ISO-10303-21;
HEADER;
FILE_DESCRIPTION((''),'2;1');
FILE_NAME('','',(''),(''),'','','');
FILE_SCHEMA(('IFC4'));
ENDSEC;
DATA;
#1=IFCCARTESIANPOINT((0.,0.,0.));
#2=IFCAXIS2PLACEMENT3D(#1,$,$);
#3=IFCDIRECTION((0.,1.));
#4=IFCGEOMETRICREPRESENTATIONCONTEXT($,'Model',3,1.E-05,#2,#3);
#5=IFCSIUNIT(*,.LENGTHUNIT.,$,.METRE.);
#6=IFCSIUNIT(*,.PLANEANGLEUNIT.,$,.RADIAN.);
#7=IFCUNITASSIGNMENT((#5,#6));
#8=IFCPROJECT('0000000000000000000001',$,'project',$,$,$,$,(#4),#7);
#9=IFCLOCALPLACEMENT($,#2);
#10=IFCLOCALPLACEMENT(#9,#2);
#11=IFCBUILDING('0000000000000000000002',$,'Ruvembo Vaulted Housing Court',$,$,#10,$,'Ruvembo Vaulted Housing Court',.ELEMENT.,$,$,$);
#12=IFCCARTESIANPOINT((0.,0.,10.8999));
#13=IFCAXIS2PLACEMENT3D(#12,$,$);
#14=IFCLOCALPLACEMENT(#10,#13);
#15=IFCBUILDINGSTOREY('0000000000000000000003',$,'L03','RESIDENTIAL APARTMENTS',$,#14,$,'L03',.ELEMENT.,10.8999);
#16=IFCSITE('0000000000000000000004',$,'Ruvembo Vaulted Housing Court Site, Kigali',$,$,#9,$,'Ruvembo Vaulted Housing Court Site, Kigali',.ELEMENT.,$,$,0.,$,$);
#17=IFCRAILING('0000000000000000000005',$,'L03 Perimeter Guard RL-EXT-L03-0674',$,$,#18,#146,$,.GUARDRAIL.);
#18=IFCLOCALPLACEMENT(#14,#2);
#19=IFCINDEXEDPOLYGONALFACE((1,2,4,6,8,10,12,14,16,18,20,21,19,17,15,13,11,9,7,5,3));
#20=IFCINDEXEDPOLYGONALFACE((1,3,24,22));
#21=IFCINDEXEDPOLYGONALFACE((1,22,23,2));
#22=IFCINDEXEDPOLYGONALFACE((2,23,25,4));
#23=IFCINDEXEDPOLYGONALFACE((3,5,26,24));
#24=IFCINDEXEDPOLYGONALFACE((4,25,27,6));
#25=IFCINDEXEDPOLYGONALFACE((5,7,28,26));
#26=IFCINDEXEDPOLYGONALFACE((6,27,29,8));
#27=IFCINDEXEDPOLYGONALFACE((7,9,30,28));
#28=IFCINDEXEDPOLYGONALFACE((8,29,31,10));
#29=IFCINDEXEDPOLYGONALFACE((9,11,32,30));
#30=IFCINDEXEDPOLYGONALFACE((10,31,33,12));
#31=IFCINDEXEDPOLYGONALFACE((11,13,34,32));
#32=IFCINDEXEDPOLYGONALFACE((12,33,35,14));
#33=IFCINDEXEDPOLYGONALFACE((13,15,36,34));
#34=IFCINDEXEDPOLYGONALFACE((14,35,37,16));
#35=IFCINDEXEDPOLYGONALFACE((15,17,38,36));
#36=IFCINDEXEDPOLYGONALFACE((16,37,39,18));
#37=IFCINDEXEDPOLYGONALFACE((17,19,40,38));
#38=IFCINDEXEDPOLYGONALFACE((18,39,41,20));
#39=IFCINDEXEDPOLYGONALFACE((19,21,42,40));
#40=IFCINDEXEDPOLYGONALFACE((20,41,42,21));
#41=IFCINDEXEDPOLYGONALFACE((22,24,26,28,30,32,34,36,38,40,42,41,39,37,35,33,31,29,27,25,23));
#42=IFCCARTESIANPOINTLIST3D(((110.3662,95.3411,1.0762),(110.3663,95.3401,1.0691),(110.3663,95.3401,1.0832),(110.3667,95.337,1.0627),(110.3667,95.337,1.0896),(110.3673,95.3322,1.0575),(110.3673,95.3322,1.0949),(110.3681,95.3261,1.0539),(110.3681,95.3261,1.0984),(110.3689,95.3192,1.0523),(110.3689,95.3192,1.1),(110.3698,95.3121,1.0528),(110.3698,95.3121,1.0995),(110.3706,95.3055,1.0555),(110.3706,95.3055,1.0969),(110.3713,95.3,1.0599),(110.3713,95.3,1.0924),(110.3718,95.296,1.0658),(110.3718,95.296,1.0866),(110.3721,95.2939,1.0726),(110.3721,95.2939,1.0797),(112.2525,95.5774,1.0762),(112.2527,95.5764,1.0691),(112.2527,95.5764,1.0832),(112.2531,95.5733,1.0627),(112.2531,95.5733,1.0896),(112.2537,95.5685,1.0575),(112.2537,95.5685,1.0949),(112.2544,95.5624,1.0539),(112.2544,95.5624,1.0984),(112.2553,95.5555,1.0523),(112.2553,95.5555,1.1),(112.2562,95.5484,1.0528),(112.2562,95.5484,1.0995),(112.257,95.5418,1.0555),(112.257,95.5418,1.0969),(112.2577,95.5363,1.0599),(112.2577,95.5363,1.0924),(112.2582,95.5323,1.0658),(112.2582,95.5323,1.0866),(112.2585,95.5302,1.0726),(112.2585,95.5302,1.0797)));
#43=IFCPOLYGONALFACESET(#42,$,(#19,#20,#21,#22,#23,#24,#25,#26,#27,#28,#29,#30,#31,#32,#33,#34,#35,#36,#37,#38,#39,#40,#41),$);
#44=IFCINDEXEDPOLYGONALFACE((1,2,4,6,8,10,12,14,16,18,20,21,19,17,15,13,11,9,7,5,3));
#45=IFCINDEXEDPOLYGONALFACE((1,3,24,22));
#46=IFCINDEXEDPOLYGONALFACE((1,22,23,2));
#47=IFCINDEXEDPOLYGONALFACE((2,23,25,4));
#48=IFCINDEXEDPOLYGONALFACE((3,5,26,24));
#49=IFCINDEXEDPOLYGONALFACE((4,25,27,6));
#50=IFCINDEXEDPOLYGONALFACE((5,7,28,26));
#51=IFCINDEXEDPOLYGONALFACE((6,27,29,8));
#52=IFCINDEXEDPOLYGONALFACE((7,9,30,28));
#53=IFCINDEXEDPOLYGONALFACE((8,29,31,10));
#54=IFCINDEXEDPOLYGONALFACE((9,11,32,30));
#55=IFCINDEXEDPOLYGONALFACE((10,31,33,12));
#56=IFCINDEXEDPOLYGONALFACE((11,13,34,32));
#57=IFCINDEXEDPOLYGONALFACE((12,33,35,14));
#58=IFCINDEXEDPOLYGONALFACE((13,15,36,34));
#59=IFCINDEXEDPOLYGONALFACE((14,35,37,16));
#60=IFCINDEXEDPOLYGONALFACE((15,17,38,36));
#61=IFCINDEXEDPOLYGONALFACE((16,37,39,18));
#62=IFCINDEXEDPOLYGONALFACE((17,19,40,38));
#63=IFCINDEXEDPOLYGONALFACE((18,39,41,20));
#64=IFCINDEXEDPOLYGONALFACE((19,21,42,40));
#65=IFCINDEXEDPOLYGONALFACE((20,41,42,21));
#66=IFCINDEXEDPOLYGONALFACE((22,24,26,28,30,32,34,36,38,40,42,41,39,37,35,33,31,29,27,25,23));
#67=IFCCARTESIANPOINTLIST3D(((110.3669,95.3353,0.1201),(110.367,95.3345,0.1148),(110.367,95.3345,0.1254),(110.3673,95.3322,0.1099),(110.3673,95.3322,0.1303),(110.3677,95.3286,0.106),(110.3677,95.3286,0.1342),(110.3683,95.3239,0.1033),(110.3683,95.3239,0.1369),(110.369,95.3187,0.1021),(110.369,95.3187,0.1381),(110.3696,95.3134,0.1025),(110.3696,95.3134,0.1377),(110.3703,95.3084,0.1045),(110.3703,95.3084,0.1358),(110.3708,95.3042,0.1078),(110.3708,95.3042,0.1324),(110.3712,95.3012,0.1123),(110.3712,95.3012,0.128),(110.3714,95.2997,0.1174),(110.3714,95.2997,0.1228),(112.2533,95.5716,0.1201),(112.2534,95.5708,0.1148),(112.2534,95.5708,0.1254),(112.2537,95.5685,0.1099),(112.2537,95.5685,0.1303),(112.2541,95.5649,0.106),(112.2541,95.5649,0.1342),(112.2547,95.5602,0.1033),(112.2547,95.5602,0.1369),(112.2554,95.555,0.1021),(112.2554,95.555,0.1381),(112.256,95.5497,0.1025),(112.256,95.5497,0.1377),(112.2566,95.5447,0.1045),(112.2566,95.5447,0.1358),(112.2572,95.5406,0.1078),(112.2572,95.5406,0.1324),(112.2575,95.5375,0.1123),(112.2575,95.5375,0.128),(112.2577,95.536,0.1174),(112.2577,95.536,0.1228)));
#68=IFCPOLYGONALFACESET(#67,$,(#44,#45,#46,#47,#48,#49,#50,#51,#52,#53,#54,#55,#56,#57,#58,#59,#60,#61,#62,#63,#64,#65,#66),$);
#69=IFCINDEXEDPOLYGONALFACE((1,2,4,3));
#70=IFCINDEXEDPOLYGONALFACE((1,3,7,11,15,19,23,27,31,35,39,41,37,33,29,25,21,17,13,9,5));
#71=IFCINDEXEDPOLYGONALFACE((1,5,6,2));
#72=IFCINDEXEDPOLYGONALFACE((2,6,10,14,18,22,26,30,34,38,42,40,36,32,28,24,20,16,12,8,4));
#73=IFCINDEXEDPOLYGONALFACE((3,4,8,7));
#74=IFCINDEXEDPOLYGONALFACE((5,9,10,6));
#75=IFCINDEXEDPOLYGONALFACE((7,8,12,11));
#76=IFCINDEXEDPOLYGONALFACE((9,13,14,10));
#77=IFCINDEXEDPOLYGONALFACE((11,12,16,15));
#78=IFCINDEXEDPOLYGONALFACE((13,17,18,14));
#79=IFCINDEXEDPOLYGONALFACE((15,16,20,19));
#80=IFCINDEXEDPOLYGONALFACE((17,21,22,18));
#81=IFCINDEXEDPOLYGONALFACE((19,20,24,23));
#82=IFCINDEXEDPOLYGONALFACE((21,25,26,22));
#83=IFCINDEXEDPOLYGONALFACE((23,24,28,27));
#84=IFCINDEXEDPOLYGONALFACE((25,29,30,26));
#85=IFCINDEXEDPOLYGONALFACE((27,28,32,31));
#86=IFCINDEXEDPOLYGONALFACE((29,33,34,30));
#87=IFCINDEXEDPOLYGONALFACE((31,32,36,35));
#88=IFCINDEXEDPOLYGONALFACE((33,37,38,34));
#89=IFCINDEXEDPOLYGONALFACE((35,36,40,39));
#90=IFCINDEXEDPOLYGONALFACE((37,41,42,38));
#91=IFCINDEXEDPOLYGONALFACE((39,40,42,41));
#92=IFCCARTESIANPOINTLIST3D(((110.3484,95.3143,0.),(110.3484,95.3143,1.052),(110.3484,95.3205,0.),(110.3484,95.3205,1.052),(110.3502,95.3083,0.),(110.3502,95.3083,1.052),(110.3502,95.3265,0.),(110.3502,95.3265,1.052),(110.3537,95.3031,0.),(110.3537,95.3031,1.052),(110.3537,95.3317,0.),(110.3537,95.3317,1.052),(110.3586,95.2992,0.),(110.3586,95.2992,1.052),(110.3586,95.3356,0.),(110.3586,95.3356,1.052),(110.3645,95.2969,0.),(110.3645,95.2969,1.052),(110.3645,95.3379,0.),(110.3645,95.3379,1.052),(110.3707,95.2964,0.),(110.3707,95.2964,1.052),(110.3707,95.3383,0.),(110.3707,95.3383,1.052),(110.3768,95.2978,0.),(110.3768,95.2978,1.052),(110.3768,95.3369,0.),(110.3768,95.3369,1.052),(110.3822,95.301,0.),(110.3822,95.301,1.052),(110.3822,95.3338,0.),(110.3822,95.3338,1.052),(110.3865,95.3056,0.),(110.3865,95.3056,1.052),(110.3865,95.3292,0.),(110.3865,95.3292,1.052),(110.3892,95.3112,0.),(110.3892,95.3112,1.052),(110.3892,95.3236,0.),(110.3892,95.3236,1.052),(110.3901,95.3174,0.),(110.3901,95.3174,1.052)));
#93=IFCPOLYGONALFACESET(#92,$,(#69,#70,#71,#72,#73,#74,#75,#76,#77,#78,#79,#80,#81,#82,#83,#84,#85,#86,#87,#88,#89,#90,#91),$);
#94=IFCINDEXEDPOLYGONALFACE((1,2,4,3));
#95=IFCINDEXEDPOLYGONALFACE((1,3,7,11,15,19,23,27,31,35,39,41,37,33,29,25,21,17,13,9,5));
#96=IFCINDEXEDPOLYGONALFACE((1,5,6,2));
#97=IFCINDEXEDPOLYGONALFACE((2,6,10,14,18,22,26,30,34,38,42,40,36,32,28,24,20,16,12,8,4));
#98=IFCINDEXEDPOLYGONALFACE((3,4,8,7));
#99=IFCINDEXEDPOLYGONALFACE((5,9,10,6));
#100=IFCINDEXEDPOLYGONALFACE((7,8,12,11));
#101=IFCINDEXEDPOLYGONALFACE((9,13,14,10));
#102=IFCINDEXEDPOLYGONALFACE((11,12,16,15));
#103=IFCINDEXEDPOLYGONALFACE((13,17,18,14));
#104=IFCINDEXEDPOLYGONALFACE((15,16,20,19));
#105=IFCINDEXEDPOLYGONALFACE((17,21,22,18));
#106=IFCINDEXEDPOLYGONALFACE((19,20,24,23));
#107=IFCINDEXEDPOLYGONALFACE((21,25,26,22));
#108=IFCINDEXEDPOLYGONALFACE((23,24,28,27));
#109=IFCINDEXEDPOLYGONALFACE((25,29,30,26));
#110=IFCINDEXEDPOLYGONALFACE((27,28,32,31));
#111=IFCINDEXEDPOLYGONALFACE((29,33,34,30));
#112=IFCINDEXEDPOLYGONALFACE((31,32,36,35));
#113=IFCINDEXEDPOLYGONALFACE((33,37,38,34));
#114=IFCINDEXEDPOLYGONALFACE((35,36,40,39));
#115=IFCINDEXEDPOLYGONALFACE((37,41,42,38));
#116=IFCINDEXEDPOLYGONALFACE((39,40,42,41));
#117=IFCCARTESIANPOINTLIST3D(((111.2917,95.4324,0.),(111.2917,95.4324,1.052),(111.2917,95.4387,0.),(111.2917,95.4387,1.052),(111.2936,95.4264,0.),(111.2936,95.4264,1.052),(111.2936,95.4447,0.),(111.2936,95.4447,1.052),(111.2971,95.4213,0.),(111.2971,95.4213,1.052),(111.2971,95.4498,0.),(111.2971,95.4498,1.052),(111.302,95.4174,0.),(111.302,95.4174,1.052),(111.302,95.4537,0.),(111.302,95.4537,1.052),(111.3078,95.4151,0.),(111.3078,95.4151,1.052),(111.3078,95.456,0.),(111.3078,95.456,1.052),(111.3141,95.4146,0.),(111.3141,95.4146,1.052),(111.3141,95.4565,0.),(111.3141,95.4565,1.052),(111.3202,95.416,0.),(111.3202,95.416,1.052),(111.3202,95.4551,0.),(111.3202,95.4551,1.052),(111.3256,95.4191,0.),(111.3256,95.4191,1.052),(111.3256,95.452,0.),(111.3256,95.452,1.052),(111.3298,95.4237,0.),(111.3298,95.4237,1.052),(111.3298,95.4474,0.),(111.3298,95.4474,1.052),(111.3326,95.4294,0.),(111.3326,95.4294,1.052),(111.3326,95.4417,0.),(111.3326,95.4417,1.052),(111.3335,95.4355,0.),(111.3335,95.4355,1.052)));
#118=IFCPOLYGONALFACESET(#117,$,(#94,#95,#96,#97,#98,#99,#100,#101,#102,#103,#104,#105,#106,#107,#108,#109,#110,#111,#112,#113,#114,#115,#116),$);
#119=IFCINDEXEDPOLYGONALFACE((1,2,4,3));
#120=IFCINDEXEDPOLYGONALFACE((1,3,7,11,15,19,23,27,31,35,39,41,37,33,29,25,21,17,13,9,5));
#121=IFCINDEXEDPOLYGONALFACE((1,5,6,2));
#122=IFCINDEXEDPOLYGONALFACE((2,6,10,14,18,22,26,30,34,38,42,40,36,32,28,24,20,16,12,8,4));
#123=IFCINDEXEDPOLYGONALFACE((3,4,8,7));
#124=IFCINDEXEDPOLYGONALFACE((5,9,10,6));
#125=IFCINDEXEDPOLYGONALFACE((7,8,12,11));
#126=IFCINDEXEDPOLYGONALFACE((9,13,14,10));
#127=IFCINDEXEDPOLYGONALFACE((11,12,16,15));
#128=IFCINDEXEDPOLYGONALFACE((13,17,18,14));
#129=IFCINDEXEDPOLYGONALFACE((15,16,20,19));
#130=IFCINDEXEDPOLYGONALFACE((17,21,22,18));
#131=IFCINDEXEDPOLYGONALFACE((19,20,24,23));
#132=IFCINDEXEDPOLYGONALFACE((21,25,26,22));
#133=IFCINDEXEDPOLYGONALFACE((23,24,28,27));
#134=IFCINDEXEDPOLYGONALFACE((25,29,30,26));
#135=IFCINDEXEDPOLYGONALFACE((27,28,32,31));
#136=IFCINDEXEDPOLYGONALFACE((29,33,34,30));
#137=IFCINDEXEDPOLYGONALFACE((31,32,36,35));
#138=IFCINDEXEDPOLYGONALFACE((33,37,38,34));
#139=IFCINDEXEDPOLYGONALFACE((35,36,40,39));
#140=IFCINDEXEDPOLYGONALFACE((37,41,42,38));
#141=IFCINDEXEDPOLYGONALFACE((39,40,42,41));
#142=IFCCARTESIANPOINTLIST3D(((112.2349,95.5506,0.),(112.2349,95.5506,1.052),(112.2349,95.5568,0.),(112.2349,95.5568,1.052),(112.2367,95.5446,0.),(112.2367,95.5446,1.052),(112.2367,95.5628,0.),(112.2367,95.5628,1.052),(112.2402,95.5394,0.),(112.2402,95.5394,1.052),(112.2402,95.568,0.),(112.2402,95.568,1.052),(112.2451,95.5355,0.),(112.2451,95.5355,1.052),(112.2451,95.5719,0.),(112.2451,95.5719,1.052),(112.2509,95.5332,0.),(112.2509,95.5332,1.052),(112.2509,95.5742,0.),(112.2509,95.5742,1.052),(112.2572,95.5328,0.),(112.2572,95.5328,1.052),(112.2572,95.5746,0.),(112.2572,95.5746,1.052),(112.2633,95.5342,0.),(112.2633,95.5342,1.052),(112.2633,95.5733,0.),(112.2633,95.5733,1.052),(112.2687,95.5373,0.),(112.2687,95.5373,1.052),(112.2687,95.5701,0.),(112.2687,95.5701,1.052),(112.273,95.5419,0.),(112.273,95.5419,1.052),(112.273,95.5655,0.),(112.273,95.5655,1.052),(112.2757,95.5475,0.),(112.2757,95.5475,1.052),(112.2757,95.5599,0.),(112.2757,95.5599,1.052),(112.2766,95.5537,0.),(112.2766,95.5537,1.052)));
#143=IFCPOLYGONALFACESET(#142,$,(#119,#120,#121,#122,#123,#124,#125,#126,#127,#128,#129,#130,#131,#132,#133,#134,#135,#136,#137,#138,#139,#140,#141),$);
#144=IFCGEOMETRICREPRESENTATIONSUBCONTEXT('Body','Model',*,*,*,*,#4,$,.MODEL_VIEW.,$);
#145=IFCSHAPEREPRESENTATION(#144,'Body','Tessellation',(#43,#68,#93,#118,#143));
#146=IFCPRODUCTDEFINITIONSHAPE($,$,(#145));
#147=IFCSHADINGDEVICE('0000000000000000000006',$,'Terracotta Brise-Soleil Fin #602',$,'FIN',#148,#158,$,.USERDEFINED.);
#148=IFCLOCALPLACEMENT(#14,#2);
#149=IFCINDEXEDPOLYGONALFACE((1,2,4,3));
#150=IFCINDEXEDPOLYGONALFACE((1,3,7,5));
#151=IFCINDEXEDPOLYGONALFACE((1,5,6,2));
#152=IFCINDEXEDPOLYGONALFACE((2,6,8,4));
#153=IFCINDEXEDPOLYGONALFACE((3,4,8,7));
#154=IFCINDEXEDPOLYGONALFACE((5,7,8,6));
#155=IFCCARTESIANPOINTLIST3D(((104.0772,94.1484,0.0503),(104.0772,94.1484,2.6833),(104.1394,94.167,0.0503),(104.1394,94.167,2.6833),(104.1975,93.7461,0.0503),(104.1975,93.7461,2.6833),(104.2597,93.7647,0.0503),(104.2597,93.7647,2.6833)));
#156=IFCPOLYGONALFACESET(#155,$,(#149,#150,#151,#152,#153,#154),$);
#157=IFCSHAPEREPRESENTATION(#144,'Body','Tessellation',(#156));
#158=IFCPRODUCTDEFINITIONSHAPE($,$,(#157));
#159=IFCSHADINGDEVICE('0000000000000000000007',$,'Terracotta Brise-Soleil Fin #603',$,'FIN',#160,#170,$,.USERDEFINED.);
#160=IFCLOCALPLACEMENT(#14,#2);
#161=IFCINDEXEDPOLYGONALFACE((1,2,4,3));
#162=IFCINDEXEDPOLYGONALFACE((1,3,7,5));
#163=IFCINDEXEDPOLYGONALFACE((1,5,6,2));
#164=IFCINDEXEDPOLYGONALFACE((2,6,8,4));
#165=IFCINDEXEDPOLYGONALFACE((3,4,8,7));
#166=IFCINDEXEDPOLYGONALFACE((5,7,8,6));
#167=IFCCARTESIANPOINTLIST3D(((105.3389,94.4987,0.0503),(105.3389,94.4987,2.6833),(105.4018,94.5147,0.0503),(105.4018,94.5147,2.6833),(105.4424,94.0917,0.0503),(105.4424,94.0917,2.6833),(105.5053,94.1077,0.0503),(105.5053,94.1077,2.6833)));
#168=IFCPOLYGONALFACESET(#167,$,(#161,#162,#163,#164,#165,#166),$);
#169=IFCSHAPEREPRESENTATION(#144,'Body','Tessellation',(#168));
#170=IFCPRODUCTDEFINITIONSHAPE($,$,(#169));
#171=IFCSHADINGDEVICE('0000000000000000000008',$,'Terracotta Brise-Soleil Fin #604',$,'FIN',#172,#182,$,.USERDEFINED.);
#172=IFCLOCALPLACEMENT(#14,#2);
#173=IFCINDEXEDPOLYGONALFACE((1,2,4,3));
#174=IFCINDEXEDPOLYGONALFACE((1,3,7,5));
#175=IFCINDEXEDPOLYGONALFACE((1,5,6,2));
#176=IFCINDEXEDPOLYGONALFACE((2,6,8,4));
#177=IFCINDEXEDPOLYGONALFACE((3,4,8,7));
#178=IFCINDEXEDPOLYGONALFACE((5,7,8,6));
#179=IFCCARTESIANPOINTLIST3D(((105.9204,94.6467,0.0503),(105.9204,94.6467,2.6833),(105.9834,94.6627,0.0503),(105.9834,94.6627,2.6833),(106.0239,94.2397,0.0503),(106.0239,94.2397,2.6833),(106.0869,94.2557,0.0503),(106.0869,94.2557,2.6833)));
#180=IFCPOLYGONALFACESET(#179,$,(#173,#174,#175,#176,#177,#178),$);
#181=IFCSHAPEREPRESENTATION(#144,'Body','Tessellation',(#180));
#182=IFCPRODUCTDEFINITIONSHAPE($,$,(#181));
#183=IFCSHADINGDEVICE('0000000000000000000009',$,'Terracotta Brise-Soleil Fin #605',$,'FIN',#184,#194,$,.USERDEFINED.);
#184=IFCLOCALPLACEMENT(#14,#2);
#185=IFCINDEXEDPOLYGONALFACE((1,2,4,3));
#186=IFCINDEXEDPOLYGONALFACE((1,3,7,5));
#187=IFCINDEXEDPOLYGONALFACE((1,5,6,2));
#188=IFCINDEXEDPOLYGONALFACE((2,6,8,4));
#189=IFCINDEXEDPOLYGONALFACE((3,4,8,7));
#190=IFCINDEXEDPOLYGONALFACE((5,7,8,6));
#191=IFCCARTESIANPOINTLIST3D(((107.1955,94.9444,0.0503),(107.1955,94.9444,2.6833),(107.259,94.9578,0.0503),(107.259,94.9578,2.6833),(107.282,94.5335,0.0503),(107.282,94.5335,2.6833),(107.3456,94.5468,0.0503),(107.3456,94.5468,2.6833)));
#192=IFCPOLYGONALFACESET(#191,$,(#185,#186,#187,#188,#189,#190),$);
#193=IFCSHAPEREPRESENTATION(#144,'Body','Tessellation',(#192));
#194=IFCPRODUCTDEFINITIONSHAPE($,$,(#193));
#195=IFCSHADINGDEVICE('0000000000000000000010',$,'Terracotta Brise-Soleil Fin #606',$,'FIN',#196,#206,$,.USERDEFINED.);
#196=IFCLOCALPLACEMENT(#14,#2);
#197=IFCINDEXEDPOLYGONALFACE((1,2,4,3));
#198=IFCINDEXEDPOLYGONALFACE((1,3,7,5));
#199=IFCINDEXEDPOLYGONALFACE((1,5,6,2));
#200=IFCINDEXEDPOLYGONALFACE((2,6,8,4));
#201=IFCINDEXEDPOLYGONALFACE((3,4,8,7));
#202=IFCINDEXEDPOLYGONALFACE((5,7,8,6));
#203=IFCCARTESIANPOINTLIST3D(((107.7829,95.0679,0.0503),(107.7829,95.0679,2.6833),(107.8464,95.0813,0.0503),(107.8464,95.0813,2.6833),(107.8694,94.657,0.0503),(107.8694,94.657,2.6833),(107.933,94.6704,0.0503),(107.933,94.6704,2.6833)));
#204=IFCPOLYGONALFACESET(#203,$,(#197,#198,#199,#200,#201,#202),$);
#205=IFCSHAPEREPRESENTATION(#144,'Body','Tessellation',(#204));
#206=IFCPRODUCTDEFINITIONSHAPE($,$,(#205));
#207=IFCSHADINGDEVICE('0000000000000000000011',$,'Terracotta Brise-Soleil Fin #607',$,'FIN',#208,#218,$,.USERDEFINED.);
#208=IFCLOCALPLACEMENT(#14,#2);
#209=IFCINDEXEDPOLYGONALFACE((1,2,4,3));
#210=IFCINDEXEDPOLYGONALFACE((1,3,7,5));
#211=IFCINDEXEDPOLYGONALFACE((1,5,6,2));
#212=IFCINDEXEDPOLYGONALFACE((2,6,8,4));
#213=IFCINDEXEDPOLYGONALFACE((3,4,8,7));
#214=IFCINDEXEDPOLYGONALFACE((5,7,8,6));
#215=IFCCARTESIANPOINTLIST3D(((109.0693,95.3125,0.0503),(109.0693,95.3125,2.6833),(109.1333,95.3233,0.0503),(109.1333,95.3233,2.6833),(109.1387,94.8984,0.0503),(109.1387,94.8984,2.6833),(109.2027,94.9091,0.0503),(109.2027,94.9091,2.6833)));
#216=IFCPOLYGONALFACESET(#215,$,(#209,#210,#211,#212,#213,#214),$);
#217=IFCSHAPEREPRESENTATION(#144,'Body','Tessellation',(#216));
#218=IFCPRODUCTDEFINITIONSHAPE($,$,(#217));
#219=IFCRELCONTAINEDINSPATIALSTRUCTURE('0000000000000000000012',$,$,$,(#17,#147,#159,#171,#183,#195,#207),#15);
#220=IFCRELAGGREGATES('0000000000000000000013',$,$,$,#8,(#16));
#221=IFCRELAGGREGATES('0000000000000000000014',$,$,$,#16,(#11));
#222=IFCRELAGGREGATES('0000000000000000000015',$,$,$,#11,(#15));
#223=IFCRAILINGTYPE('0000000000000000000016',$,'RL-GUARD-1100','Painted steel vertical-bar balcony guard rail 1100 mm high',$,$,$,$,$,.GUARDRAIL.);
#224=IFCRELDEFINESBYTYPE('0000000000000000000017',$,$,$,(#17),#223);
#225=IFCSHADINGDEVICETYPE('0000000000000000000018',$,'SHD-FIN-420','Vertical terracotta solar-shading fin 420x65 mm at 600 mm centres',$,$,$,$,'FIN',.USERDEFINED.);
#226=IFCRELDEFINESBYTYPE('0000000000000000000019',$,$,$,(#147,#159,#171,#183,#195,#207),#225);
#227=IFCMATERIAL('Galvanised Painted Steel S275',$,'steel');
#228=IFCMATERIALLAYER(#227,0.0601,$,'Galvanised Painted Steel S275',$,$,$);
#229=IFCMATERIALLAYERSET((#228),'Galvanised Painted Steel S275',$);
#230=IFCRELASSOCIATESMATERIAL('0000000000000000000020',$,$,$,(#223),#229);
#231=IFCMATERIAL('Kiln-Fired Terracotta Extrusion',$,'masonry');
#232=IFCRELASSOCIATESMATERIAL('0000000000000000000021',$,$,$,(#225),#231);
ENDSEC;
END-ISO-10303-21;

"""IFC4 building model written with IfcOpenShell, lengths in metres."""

from ifc_helpers import new_model, si_unit, direction, frame, origin, origin_2d, place, context, subcontext, project, spatial, rectangle, circle, extrude, material, layer, layer_set, type_object, element, save


model = new_model("IFC4")

# Units and contexts
model_context = context("Model", 3, precision=1e-05, world=origin(), true_north=direction((0.0, 1.0)))
body_context = subcontext(model_context, "Body", "Model", "MODEL_VIEW")
ifc_project = project(units=[si_unit("LENGTHUNIT", "METRE"), si_unit("PLANEANGLEUNIT", "RADIAN")], contexts=[model_context])

# Site, building, storey
site_placement = place(None, origin())
site = spatial("IfcSite", under=ifc_project, at=site_placement, Name="Ruvembo Vaulted Housing Court Site, Kigali", LongName="Ruvembo Vaulted Housing Court Site, Kigali", CompositionType="ELEMENT", RefElevation=0.0)
building_placement = place(site_placement, origin())
building = spatial("IfcBuilding", under=site, at=building_placement, Name="Ruvembo Vaulted Housing Court", LongName="Ruvembo Vaulted Housing Court", CompositionType="ELEMENT")
storey_placement = place(building_placement, frame((0.0, 0.0, 10.8999)))
storey = spatial("IfcBuildingStorey", under=building, at=storey_placement, Name="L03", Description="RESIDENTIAL APARTMENTS", LongName="L03", CompositionType="ELEMENT", Elevation=10.8999)

# Railing
ifc_material_1 = material(Name="Galvanised Painted Steel S275", Category="steel")
ifc_layer_1 = layer(ifc_material_1, 0.0601, Name="Galvanised Painted Steel S275")
ifc_layer_set_1 = layer_set([ifc_layer_1], Name="Galvanised Painted Steel S275")
railing_type = type_object("IfcRailingType", Name="RL-GUARD-1100", Description="Painted steel vertical-bar balcony guard rail 1100 mm high", PredefinedType="GUARDRAIL", material=ifc_layer_set_1)
railing_1_placement = place(storey_placement, frame((110.3691, 95.3174, 0.0)))
element("IfcRailing", 1, at=railing_1_placement, inside=storey, type_object=railing_type, Name="L03 Perimeter Guard RL-EXT-L03-0674", PredefinedType="GUARDRAIL", context=body_context, shape_type="SweptSolid", body=[
    extrude(circle(Radius=0.0239, at=origin_2d()), frame((0.0, 0.0, 1.0762), z_axis=(0.992244, 0.124303, 0.0), x_axis=(-0.124303, 0.992244, 0.0)), (0.0, 0.0, 1.0), 1.9011),
    extrude(circle(Radius=0.0181, at=origin_2d()), frame((0.0, 0.0, 0.1201), z_axis=(0.992244, 0.124303, 0.0), x_axis=(-0.124303, 0.992244, 0.0)), (0.0, 0.0, 1.0), 1.9011),
    extrude(circle(Radius=0.021, at=origin_2d()), origin(), (0.0, 0.0, 1.0), 1.052),
    extrude(circle(Radius=0.021, at=origin_2d()), frame((0.9434, 0.1182, 0.0)), (0.0, 0.0, 1.0), 1.052),
    extrude(circle(Radius=0.021, at=origin_2d()), frame((1.8865, 0.2363, 0.0)), (0.0, 0.0, 1.0), 1.052),
])

# Shading devices
ifc_material_2 = material(Name="Kiln-Fired Terracotta Extrusion", Category="masonry")
shading_device_type = type_object("IfcShadingDeviceType", Name="SHD-FIN-420", Description="Vertical terracotta solar-shading fin 420x65 mm at 600 mm centres", ElementType="FIN", PredefinedType="USERDEFINED", material=ifc_material_2)
for number, where, z_axis, x_axis, name in (
    (2, (104.1685, 93.9565, 0.0503), (0.0, 0.0, 1.0), (0.286491, -0.958083, 0.0), "Terracotta Brise-Soleil Fin #602"),
    (3, (105.4221, 94.3032, 0.0503), (0.0, 0.0, 1.0), (0.246492, -0.969145, 0.0), "Terracotta Brise-Soleil Fin #603"),
    (4, (106.0037, 94.4512, 0.0503), (0.0, 0.0, 1.0), (0.246492, -0.969145, 0.0), "Terracotta Brise-Soleil Fin #604"),
    (5, (107.2705, 94.7456, 0.0503), (0.0, 0.0, 1.0), (0.206102, -0.978531, 0.0), "Terracotta Brise-Soleil Fin #605"),
    (6, (107.8579, 94.8691, 0.0503), (0.0, 0.0, 1.0), (0.206102, -0.978531, 0.0), "Terracotta Brise-Soleil Fin #606"),
    (7, (109.136, 95.1108, 0.0503), (0.0, 0.0, 1.0), (0.165271, -0.986248, 0.0), "Terracotta Brise-Soleil Fin #607"),
):
    element("IfcShadingDevice", number, at=place(storey_placement, frame(where, z_axis=z_axis, x_axis=x_axis)), inside=storey, type_object=shading_device_type, Name=name, ObjectType="FIN", PredefinedType="USERDEFINED", context=body_context, shape_type="SweptSolid", body=[
        extrude(rectangle(XDim=0.4199, YDim=0.0649, at=origin_2d()), origin(), (0.0, 0.0, 1.0), 2.6331),
    ])

save(model, "model.ifc")
